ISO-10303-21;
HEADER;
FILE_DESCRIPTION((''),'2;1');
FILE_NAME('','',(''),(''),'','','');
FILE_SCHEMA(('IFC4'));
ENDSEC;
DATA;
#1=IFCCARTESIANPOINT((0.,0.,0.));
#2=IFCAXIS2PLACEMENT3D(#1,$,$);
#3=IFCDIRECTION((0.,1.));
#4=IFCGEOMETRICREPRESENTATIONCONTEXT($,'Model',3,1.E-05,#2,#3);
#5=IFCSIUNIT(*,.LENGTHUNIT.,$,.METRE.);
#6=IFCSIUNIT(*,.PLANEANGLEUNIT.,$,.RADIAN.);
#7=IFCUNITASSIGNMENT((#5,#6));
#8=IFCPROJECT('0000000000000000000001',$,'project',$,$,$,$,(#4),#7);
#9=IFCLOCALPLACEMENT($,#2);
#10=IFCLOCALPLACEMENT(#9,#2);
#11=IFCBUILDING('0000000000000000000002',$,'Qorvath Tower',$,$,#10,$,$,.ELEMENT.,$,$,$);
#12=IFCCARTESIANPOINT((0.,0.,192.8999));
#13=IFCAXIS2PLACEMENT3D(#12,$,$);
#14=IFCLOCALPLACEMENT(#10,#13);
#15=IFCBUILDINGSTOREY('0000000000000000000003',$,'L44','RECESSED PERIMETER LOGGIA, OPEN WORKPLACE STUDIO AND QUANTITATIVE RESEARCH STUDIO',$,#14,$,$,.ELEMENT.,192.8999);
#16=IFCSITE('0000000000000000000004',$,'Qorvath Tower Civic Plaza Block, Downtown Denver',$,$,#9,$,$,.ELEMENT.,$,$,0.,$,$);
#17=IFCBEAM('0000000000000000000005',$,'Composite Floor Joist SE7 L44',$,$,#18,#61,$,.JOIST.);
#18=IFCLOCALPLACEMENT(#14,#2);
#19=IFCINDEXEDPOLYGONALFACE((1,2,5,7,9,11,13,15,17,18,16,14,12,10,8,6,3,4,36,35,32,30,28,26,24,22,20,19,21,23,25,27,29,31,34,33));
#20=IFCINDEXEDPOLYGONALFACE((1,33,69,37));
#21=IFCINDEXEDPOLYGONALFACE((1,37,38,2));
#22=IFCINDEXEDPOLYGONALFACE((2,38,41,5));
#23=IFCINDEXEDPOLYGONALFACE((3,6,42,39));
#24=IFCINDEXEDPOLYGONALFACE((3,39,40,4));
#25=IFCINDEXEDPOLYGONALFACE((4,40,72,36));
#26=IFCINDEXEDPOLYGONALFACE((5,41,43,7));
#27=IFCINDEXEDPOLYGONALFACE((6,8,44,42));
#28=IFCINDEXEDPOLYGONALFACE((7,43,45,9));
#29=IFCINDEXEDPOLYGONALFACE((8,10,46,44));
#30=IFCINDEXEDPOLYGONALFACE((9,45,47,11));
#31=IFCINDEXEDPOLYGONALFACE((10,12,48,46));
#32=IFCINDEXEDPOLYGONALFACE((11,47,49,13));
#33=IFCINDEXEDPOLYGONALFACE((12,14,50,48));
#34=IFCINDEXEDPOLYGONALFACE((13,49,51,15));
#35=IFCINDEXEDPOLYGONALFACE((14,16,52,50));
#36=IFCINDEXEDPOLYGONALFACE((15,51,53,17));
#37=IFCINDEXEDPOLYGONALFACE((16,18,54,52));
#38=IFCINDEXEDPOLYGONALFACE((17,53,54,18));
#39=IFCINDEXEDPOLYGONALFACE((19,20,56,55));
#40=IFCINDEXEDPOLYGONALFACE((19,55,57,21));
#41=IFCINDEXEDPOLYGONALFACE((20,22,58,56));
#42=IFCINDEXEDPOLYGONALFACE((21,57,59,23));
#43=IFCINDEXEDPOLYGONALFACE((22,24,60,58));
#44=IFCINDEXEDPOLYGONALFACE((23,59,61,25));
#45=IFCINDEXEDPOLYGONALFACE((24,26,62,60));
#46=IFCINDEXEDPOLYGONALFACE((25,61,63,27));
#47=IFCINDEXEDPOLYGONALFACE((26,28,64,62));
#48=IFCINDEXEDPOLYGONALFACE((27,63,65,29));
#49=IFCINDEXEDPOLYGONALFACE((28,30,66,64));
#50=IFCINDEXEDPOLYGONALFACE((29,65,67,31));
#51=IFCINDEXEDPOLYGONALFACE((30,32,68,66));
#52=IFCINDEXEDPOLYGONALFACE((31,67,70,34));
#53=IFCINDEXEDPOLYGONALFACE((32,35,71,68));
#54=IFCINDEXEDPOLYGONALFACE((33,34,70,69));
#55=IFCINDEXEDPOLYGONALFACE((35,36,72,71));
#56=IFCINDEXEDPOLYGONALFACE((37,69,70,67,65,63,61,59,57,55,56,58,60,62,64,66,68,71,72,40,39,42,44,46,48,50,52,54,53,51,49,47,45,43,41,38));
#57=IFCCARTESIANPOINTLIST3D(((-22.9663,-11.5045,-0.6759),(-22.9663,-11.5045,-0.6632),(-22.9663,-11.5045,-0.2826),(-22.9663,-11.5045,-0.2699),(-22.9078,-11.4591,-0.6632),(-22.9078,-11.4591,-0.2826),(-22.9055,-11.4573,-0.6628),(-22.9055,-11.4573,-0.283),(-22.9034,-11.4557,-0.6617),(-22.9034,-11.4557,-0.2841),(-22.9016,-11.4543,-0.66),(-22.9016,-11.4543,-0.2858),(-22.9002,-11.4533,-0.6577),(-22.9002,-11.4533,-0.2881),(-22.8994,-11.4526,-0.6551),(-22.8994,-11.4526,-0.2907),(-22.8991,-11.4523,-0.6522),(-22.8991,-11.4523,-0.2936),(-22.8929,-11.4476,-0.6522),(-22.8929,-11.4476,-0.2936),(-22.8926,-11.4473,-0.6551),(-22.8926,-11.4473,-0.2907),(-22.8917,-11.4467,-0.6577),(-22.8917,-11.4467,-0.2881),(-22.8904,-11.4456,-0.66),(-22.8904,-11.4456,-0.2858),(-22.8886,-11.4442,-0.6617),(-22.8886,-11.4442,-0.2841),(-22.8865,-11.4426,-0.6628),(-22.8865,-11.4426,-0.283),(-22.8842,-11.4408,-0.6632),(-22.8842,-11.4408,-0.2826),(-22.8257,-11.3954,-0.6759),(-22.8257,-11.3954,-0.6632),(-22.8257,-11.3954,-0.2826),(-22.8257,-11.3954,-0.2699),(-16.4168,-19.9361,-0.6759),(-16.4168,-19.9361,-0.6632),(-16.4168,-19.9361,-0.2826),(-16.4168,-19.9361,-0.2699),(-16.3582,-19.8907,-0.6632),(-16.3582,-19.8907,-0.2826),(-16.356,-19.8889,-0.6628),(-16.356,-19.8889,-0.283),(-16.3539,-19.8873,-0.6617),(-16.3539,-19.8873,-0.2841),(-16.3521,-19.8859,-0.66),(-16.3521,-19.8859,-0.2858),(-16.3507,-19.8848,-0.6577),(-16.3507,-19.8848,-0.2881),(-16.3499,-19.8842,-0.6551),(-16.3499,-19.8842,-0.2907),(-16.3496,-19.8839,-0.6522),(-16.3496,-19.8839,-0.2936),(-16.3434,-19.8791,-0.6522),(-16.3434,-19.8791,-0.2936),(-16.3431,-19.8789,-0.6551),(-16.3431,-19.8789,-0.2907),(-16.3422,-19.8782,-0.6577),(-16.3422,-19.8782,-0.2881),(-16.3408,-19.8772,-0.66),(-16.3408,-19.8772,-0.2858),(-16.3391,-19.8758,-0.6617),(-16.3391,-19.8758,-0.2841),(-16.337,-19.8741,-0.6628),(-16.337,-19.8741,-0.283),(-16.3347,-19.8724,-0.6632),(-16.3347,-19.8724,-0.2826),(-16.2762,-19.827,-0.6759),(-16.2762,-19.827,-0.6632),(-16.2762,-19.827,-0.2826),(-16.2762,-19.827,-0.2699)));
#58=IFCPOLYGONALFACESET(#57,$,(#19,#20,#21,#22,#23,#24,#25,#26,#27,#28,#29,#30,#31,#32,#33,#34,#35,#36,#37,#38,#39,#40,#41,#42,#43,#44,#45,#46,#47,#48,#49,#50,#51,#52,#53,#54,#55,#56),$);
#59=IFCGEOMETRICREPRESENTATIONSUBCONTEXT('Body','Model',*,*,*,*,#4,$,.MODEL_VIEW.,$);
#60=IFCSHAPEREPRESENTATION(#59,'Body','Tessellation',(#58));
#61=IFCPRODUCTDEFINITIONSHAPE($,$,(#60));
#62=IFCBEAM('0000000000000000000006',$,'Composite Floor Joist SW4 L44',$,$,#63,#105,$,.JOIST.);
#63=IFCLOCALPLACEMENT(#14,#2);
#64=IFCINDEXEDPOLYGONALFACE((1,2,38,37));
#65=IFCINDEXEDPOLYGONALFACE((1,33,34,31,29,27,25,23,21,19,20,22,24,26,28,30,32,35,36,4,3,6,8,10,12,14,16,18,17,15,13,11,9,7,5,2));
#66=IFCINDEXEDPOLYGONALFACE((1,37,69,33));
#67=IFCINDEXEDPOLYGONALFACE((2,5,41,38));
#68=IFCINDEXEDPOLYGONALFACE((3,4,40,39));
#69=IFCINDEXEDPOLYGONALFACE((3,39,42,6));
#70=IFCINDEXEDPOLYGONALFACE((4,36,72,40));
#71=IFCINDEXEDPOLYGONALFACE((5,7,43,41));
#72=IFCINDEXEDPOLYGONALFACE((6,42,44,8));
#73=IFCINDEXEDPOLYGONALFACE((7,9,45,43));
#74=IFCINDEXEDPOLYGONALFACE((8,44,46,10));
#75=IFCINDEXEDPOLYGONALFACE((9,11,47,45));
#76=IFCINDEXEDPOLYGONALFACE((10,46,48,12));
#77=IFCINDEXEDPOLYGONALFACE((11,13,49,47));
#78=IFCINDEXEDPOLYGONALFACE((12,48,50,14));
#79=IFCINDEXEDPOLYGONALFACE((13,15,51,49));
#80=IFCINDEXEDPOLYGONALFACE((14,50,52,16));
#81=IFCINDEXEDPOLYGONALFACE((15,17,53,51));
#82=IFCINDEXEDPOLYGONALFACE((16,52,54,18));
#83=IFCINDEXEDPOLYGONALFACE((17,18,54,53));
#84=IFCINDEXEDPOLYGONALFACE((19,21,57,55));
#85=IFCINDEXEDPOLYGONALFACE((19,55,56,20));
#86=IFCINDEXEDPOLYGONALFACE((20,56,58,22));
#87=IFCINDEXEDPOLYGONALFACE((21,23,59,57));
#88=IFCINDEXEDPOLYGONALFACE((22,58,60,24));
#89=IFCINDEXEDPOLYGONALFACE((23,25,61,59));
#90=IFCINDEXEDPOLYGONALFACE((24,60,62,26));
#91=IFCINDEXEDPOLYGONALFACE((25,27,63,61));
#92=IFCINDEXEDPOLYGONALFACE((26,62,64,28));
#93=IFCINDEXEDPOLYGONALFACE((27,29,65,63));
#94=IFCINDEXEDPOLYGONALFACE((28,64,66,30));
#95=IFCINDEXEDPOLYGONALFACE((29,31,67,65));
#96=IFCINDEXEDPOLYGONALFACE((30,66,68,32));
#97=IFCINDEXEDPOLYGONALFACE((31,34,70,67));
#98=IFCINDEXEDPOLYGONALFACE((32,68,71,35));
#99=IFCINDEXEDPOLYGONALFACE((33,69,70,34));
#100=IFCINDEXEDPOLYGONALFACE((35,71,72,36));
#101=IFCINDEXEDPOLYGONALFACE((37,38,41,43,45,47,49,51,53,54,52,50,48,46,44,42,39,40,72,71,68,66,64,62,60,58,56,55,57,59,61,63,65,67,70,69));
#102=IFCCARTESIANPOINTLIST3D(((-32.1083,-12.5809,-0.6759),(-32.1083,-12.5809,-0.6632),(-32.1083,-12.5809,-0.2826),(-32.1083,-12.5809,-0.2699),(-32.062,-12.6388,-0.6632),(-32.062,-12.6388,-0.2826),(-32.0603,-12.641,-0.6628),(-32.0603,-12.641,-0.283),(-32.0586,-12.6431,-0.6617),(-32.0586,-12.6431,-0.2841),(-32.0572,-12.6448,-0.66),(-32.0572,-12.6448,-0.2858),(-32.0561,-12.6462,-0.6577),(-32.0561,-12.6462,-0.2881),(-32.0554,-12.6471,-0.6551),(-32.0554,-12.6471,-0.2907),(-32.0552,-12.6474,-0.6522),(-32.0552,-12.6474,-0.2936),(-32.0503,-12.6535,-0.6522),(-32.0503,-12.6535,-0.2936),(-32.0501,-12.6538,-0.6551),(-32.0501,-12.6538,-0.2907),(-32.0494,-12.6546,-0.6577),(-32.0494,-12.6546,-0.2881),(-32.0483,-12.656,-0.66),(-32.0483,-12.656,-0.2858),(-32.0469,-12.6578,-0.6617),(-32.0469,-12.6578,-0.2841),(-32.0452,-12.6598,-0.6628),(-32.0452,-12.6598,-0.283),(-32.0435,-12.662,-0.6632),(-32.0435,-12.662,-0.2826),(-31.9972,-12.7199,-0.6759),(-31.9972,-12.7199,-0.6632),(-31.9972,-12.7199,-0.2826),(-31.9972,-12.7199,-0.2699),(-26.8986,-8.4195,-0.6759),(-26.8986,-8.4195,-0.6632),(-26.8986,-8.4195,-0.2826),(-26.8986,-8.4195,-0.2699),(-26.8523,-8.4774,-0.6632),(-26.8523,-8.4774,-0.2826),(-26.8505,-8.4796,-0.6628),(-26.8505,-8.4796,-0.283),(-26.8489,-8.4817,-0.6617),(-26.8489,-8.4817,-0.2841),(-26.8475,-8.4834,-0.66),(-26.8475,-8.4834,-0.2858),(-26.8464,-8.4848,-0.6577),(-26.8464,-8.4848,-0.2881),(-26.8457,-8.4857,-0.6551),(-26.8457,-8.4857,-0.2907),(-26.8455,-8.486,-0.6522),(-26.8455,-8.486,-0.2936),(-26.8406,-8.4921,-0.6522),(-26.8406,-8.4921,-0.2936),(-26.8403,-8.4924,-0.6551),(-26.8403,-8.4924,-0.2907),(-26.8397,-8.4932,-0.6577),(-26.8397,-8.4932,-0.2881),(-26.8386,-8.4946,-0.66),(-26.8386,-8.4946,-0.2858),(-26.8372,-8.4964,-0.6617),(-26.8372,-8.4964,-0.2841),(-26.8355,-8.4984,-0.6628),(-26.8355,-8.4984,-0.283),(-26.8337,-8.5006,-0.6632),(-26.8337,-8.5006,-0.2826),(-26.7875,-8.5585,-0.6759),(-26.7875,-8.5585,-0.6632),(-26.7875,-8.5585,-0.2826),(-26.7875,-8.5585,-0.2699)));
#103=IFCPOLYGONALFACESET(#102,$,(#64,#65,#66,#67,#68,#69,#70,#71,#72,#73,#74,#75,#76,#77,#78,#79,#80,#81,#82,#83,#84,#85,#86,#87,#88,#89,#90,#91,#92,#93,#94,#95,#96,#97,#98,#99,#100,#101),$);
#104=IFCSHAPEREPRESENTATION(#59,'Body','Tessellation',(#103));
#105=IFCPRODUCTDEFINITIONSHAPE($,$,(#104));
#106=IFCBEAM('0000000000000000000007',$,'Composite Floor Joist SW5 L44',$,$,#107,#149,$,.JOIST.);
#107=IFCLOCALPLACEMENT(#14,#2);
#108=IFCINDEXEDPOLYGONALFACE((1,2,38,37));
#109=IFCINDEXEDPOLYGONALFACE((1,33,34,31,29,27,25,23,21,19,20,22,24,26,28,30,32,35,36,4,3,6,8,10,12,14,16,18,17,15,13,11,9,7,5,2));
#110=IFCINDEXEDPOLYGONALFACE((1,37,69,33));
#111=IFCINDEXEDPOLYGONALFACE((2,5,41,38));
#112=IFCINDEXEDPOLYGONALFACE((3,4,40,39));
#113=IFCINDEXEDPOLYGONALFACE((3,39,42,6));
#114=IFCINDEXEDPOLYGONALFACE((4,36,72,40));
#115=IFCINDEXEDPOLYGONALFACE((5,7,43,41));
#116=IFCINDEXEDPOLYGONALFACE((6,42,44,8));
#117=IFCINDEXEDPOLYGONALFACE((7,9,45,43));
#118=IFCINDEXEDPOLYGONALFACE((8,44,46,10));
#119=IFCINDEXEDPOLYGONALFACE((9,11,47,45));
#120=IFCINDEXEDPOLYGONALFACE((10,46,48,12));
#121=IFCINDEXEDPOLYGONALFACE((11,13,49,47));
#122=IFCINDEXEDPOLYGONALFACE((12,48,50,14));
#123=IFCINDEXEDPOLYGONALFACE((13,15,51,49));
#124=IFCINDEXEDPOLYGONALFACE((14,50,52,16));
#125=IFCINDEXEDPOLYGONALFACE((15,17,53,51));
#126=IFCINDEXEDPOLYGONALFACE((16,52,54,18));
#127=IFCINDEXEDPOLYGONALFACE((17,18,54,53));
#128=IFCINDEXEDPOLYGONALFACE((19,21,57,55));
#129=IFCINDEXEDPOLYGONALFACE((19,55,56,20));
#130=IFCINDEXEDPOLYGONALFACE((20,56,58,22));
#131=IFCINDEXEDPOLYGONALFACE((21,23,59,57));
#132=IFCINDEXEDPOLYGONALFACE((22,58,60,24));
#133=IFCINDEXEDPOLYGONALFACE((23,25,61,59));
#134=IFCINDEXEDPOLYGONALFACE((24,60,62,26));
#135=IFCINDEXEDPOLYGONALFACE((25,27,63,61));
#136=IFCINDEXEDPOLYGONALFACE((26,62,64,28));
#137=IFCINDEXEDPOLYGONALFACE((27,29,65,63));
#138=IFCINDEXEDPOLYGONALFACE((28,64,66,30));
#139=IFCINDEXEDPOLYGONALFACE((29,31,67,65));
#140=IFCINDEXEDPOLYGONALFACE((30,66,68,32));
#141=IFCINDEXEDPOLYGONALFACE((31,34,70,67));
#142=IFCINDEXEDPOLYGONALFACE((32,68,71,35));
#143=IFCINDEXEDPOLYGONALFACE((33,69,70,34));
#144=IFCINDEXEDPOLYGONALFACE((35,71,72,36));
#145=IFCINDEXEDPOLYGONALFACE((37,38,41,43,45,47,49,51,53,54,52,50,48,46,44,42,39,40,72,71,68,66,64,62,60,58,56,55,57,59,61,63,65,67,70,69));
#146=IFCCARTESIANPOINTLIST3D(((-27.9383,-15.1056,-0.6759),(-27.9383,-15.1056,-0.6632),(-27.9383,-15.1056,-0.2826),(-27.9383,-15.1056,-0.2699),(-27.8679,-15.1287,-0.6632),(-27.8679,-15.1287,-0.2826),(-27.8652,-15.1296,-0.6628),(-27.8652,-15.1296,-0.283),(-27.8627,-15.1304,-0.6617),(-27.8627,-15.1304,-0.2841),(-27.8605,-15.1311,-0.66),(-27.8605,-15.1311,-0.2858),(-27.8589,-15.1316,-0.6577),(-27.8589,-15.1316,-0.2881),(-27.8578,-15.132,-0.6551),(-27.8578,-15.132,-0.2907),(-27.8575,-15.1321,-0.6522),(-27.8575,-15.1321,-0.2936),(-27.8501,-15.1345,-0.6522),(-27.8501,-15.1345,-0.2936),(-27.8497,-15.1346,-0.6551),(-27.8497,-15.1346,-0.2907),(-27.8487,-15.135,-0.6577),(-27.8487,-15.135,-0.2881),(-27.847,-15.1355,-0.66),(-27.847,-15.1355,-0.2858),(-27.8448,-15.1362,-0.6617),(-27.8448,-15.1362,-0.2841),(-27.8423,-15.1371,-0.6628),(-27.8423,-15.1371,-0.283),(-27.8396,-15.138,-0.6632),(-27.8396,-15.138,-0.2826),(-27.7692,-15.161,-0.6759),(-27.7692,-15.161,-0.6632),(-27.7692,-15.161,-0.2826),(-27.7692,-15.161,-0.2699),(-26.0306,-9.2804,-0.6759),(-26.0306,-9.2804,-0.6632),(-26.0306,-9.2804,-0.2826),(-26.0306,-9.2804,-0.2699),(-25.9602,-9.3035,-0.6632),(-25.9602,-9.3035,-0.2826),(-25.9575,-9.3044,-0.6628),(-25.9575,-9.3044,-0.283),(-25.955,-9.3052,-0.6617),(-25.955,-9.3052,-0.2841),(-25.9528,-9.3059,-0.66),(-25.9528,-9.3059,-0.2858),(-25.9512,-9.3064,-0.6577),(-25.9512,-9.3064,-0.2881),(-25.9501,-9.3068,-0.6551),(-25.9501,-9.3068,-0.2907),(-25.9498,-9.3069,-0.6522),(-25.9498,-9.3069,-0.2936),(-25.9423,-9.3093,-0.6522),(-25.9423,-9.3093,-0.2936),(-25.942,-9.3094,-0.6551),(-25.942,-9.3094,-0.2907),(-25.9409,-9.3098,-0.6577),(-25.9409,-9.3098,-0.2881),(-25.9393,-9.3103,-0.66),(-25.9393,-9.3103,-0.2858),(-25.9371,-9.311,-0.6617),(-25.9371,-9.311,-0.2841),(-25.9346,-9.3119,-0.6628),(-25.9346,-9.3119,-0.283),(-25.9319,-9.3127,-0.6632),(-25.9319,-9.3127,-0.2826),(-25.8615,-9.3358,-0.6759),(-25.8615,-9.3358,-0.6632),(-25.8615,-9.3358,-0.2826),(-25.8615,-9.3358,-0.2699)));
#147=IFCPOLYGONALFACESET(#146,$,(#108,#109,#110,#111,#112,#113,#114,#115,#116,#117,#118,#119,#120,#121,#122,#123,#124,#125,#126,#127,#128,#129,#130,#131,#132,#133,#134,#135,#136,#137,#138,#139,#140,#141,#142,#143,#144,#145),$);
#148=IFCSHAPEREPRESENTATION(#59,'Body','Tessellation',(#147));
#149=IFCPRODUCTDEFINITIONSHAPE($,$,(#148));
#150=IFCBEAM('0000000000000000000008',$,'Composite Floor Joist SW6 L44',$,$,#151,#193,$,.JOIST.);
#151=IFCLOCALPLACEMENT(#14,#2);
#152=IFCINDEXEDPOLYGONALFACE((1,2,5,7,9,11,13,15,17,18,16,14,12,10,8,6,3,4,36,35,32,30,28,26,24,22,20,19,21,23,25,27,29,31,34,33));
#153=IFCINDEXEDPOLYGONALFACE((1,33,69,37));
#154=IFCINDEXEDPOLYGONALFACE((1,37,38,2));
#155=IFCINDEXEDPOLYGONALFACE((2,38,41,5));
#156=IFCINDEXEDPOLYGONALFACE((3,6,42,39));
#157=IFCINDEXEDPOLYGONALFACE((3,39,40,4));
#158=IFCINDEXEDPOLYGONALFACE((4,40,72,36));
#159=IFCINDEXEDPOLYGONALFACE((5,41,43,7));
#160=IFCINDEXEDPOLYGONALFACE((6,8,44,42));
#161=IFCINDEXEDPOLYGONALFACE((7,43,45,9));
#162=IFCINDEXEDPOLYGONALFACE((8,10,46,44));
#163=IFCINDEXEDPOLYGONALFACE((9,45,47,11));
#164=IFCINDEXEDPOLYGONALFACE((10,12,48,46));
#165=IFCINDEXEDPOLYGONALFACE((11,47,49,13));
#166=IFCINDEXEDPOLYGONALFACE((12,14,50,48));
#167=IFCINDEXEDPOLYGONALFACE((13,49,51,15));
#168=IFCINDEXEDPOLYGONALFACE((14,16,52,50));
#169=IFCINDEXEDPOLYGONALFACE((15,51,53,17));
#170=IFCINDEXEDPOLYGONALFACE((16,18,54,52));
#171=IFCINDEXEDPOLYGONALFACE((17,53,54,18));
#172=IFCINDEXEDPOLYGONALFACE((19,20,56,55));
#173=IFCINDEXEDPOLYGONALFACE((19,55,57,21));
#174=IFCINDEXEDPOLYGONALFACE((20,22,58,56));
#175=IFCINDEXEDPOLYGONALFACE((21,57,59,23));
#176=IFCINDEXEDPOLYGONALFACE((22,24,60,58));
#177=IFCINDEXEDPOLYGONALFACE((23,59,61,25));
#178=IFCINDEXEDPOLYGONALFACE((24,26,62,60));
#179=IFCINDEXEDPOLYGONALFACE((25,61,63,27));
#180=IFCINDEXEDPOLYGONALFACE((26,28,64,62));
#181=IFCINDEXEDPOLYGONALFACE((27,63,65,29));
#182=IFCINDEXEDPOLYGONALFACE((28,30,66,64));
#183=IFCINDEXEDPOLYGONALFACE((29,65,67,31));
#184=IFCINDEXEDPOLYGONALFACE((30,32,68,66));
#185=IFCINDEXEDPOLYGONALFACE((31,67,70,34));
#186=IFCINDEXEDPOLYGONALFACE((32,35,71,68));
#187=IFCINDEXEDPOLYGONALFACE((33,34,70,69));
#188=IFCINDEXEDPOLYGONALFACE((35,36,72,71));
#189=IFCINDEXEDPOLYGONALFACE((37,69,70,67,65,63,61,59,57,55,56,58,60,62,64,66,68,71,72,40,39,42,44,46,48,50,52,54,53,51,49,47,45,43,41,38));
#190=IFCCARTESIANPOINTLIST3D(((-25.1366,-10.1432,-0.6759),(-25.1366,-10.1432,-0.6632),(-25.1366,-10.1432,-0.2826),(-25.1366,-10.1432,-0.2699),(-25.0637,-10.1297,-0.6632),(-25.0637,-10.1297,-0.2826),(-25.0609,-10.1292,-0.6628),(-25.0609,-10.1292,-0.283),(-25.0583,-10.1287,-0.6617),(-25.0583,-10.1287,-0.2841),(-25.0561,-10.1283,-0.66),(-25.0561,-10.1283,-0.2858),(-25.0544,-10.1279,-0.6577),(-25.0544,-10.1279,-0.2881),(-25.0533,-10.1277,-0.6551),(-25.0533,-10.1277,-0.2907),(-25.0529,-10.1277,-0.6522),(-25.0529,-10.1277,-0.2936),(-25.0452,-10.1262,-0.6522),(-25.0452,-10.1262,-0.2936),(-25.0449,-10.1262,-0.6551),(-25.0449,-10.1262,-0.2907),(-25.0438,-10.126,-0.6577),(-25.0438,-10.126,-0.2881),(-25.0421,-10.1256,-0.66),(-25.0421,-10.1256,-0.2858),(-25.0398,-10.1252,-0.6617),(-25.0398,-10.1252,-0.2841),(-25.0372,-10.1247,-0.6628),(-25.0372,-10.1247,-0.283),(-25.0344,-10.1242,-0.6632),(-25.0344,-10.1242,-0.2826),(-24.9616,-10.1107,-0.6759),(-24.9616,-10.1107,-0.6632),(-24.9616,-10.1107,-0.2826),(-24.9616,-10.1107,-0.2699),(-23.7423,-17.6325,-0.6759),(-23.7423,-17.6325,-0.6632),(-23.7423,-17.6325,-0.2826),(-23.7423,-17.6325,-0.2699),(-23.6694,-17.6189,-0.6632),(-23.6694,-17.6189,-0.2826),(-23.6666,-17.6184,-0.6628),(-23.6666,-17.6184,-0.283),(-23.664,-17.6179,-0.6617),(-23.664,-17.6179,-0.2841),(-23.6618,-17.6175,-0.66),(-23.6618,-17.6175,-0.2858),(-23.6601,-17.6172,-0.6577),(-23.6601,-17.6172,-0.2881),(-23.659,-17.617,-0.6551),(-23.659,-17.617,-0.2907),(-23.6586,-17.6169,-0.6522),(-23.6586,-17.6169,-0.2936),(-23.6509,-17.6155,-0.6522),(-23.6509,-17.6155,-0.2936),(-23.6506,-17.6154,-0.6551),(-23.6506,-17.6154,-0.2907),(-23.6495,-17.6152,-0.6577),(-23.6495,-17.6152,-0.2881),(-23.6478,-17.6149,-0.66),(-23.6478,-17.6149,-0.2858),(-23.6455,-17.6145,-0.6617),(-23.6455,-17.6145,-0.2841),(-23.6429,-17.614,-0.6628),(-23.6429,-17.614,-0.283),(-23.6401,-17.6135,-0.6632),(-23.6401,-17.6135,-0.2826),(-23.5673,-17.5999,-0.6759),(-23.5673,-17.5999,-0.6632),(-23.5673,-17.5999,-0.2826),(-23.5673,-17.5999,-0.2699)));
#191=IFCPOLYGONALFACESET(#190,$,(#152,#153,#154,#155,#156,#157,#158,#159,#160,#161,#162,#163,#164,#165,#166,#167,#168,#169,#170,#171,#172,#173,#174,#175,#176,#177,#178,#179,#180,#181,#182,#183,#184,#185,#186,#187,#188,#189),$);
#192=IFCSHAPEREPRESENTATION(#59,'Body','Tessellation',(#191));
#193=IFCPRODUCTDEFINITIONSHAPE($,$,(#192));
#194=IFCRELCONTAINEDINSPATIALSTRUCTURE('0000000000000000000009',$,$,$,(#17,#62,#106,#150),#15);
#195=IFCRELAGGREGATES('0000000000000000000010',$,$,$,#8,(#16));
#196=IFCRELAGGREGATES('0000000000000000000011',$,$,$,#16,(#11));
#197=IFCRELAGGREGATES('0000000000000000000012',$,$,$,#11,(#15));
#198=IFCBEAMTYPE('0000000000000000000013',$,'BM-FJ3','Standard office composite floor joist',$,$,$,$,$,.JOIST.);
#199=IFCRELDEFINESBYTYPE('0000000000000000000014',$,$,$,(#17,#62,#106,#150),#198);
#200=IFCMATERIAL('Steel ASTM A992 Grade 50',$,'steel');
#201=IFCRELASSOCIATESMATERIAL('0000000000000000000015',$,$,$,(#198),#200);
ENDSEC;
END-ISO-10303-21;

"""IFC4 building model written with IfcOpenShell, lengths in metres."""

from ifc_helpers import new_model, si_unit, direction, frame, origin, origin_2d, place, context, subcontext, project, spatial, i_section, extrude, material, material_profile, profile_set, type_object, element, save


model = new_model("IFC4")

# Units and contexts
model_context = context("Model", 3, precision=1e-05, world=origin(), true_north=direction((0.0, 1.0)))
body_context = subcontext(model_context, "Body", "Model", "MODEL_VIEW")
ifc_project = project(units=[si_unit("LENGTHUNIT", "METRE"), si_unit("PLANEANGLEUNIT", "RADIAN")], contexts=[model_context])

# Site, building, storey
site_placement = place(None, origin())
site = spatial("IfcSite", under=ifc_project, at=site_placement, Name="Qorvath Tower Civic Plaza Block, Downtown Denver", CompositionType="ELEMENT", RefElevation=0.0)
building_placement = place(site_placement, origin())
building = spatial("IfcBuilding", under=site, at=building_placement, Name="Qorvath Tower", CompositionType="ELEMENT")
storey_placement = place(building_placement, frame((0.0, 0.0, 192.8999)))
storey = spatial("IfcBuildingStorey", under=building, at=storey_placement, Name="L44", Description="RECESSED PERIMETER LOGGIA, OPEN WORKPLACE STUDIO AND QUANTITATIVE RESEARCH STUDIO", CompositionType="ELEMENT", Elevation=192.8999)

# Beams
ifc_material_1 = material(Name="Steel ASTM A992 Grade 50", Category="steel")
ifc_material_profile_1 = material_profile(ifc_material_1, i_section(OverallWidth=0.178, OverallDepth=0.406, WebThickness=0.0078, FlangeThickness=0.0127, FilletRadius=0.011, at=origin_2d()), Name="W16x40")
ifc_profile_set_1 = profile_set([ifc_material_profile_1], Name="Steel ASTM A992 Grade 50")
beam_type_1 = type_object("IfcBeamType", Name="BM-FJ3", Description="Standard office composite floor joist", PredefinedType="JOIST", material=ifc_profile_set_1)
beam_1_placement = place(storey_placement, frame((-22.896, -11.45, -0.4729), z_axis=(0.613451, -0.789733, 0.0), x_axis=(0.789733, 0.613451, 0.0)))
element("IfcBeam", 1, at=beam_1_placement, inside=storey, type_object=beam_type_1, Name="Composite Floor Joist SE7 L44", PredefinedType="JOIST", context=body_context, shape_type="SweptSolid", body=[
    extrude(i_section(OverallWidth=0.178, OverallDepth=0.406, WebThickness=0.0078, FlangeThickness=0.0127, FilletRadius=0.011, at=origin_2d()), origin(), (0.0, 0.0, 1.0), 10.6765),
])
beam_2_placement = place(storey_placement, frame((-26.843, -8.489, -0.4729), z_axis=(-0.781337, -0.62411, 0.0), x_axis=(0.62411, -0.781337, 0.0)))
element("IfcBeam", 2, at=beam_2_placement, inside=storey, type_object=beam_type_1, Name="Composite Floor Joist SW4 L44", PredefinedType="JOIST", context=body_context, shape_type="SweptSolid", body=[
    extrude(i_section(OverallWidth=0.178, OverallDepth=0.406, WebThickness=0.0078, FlangeThickness=0.0127, FilletRadius=0.011, at=origin_2d()), origin(), (0.0, 0.0, 1.0), 6.6677),
])
beam_3_placement = place(storey_placement, frame((-25.946, -9.3081, -0.4729), z_axis=(-0.311229, -0.950335, 0.0), x_axis=(0.950335, -0.311229, 0.0)))
element("IfcBeam", 3, at=beam_3_placement, inside=storey, type_object=beam_type_1, Name="Composite Floor Joist SW5 L44", PredefinedType="JOIST", context=body_context, shape_type="SweptSolid", body=[
    extrude(i_section(OverallWidth=0.178, OverallDepth=0.406, WebThickness=0.0078, FlangeThickness=0.0127, FilletRadius=0.011, at=origin_2d()), origin(), (0.0, 0.0, 1.0), 6.1296),
])
beam_4_placement = place(storey_placement, frame((-25.0491, -10.127, -0.4729), z_axis=(0.183027, -0.983108, 0.0), x_axis=(0.983108, 0.183027, 0.0)))
element("IfcBeam", 4, at=beam_4_placement, inside=storey, type_object=beam_type_1, Name="Composite Floor Joist SW6 L44", PredefinedType="JOIST", context=body_context, shape_type="SweptSolid", body=[
    extrude(i_section(OverallWidth=0.178, OverallDepth=0.406, WebThickness=0.0078, FlangeThickness=0.0127, FilletRadius=0.011, at=origin_2d()), origin(), (0.0, 0.0, 1.0), 7.6179),
])

save(model, "model.ifc")
